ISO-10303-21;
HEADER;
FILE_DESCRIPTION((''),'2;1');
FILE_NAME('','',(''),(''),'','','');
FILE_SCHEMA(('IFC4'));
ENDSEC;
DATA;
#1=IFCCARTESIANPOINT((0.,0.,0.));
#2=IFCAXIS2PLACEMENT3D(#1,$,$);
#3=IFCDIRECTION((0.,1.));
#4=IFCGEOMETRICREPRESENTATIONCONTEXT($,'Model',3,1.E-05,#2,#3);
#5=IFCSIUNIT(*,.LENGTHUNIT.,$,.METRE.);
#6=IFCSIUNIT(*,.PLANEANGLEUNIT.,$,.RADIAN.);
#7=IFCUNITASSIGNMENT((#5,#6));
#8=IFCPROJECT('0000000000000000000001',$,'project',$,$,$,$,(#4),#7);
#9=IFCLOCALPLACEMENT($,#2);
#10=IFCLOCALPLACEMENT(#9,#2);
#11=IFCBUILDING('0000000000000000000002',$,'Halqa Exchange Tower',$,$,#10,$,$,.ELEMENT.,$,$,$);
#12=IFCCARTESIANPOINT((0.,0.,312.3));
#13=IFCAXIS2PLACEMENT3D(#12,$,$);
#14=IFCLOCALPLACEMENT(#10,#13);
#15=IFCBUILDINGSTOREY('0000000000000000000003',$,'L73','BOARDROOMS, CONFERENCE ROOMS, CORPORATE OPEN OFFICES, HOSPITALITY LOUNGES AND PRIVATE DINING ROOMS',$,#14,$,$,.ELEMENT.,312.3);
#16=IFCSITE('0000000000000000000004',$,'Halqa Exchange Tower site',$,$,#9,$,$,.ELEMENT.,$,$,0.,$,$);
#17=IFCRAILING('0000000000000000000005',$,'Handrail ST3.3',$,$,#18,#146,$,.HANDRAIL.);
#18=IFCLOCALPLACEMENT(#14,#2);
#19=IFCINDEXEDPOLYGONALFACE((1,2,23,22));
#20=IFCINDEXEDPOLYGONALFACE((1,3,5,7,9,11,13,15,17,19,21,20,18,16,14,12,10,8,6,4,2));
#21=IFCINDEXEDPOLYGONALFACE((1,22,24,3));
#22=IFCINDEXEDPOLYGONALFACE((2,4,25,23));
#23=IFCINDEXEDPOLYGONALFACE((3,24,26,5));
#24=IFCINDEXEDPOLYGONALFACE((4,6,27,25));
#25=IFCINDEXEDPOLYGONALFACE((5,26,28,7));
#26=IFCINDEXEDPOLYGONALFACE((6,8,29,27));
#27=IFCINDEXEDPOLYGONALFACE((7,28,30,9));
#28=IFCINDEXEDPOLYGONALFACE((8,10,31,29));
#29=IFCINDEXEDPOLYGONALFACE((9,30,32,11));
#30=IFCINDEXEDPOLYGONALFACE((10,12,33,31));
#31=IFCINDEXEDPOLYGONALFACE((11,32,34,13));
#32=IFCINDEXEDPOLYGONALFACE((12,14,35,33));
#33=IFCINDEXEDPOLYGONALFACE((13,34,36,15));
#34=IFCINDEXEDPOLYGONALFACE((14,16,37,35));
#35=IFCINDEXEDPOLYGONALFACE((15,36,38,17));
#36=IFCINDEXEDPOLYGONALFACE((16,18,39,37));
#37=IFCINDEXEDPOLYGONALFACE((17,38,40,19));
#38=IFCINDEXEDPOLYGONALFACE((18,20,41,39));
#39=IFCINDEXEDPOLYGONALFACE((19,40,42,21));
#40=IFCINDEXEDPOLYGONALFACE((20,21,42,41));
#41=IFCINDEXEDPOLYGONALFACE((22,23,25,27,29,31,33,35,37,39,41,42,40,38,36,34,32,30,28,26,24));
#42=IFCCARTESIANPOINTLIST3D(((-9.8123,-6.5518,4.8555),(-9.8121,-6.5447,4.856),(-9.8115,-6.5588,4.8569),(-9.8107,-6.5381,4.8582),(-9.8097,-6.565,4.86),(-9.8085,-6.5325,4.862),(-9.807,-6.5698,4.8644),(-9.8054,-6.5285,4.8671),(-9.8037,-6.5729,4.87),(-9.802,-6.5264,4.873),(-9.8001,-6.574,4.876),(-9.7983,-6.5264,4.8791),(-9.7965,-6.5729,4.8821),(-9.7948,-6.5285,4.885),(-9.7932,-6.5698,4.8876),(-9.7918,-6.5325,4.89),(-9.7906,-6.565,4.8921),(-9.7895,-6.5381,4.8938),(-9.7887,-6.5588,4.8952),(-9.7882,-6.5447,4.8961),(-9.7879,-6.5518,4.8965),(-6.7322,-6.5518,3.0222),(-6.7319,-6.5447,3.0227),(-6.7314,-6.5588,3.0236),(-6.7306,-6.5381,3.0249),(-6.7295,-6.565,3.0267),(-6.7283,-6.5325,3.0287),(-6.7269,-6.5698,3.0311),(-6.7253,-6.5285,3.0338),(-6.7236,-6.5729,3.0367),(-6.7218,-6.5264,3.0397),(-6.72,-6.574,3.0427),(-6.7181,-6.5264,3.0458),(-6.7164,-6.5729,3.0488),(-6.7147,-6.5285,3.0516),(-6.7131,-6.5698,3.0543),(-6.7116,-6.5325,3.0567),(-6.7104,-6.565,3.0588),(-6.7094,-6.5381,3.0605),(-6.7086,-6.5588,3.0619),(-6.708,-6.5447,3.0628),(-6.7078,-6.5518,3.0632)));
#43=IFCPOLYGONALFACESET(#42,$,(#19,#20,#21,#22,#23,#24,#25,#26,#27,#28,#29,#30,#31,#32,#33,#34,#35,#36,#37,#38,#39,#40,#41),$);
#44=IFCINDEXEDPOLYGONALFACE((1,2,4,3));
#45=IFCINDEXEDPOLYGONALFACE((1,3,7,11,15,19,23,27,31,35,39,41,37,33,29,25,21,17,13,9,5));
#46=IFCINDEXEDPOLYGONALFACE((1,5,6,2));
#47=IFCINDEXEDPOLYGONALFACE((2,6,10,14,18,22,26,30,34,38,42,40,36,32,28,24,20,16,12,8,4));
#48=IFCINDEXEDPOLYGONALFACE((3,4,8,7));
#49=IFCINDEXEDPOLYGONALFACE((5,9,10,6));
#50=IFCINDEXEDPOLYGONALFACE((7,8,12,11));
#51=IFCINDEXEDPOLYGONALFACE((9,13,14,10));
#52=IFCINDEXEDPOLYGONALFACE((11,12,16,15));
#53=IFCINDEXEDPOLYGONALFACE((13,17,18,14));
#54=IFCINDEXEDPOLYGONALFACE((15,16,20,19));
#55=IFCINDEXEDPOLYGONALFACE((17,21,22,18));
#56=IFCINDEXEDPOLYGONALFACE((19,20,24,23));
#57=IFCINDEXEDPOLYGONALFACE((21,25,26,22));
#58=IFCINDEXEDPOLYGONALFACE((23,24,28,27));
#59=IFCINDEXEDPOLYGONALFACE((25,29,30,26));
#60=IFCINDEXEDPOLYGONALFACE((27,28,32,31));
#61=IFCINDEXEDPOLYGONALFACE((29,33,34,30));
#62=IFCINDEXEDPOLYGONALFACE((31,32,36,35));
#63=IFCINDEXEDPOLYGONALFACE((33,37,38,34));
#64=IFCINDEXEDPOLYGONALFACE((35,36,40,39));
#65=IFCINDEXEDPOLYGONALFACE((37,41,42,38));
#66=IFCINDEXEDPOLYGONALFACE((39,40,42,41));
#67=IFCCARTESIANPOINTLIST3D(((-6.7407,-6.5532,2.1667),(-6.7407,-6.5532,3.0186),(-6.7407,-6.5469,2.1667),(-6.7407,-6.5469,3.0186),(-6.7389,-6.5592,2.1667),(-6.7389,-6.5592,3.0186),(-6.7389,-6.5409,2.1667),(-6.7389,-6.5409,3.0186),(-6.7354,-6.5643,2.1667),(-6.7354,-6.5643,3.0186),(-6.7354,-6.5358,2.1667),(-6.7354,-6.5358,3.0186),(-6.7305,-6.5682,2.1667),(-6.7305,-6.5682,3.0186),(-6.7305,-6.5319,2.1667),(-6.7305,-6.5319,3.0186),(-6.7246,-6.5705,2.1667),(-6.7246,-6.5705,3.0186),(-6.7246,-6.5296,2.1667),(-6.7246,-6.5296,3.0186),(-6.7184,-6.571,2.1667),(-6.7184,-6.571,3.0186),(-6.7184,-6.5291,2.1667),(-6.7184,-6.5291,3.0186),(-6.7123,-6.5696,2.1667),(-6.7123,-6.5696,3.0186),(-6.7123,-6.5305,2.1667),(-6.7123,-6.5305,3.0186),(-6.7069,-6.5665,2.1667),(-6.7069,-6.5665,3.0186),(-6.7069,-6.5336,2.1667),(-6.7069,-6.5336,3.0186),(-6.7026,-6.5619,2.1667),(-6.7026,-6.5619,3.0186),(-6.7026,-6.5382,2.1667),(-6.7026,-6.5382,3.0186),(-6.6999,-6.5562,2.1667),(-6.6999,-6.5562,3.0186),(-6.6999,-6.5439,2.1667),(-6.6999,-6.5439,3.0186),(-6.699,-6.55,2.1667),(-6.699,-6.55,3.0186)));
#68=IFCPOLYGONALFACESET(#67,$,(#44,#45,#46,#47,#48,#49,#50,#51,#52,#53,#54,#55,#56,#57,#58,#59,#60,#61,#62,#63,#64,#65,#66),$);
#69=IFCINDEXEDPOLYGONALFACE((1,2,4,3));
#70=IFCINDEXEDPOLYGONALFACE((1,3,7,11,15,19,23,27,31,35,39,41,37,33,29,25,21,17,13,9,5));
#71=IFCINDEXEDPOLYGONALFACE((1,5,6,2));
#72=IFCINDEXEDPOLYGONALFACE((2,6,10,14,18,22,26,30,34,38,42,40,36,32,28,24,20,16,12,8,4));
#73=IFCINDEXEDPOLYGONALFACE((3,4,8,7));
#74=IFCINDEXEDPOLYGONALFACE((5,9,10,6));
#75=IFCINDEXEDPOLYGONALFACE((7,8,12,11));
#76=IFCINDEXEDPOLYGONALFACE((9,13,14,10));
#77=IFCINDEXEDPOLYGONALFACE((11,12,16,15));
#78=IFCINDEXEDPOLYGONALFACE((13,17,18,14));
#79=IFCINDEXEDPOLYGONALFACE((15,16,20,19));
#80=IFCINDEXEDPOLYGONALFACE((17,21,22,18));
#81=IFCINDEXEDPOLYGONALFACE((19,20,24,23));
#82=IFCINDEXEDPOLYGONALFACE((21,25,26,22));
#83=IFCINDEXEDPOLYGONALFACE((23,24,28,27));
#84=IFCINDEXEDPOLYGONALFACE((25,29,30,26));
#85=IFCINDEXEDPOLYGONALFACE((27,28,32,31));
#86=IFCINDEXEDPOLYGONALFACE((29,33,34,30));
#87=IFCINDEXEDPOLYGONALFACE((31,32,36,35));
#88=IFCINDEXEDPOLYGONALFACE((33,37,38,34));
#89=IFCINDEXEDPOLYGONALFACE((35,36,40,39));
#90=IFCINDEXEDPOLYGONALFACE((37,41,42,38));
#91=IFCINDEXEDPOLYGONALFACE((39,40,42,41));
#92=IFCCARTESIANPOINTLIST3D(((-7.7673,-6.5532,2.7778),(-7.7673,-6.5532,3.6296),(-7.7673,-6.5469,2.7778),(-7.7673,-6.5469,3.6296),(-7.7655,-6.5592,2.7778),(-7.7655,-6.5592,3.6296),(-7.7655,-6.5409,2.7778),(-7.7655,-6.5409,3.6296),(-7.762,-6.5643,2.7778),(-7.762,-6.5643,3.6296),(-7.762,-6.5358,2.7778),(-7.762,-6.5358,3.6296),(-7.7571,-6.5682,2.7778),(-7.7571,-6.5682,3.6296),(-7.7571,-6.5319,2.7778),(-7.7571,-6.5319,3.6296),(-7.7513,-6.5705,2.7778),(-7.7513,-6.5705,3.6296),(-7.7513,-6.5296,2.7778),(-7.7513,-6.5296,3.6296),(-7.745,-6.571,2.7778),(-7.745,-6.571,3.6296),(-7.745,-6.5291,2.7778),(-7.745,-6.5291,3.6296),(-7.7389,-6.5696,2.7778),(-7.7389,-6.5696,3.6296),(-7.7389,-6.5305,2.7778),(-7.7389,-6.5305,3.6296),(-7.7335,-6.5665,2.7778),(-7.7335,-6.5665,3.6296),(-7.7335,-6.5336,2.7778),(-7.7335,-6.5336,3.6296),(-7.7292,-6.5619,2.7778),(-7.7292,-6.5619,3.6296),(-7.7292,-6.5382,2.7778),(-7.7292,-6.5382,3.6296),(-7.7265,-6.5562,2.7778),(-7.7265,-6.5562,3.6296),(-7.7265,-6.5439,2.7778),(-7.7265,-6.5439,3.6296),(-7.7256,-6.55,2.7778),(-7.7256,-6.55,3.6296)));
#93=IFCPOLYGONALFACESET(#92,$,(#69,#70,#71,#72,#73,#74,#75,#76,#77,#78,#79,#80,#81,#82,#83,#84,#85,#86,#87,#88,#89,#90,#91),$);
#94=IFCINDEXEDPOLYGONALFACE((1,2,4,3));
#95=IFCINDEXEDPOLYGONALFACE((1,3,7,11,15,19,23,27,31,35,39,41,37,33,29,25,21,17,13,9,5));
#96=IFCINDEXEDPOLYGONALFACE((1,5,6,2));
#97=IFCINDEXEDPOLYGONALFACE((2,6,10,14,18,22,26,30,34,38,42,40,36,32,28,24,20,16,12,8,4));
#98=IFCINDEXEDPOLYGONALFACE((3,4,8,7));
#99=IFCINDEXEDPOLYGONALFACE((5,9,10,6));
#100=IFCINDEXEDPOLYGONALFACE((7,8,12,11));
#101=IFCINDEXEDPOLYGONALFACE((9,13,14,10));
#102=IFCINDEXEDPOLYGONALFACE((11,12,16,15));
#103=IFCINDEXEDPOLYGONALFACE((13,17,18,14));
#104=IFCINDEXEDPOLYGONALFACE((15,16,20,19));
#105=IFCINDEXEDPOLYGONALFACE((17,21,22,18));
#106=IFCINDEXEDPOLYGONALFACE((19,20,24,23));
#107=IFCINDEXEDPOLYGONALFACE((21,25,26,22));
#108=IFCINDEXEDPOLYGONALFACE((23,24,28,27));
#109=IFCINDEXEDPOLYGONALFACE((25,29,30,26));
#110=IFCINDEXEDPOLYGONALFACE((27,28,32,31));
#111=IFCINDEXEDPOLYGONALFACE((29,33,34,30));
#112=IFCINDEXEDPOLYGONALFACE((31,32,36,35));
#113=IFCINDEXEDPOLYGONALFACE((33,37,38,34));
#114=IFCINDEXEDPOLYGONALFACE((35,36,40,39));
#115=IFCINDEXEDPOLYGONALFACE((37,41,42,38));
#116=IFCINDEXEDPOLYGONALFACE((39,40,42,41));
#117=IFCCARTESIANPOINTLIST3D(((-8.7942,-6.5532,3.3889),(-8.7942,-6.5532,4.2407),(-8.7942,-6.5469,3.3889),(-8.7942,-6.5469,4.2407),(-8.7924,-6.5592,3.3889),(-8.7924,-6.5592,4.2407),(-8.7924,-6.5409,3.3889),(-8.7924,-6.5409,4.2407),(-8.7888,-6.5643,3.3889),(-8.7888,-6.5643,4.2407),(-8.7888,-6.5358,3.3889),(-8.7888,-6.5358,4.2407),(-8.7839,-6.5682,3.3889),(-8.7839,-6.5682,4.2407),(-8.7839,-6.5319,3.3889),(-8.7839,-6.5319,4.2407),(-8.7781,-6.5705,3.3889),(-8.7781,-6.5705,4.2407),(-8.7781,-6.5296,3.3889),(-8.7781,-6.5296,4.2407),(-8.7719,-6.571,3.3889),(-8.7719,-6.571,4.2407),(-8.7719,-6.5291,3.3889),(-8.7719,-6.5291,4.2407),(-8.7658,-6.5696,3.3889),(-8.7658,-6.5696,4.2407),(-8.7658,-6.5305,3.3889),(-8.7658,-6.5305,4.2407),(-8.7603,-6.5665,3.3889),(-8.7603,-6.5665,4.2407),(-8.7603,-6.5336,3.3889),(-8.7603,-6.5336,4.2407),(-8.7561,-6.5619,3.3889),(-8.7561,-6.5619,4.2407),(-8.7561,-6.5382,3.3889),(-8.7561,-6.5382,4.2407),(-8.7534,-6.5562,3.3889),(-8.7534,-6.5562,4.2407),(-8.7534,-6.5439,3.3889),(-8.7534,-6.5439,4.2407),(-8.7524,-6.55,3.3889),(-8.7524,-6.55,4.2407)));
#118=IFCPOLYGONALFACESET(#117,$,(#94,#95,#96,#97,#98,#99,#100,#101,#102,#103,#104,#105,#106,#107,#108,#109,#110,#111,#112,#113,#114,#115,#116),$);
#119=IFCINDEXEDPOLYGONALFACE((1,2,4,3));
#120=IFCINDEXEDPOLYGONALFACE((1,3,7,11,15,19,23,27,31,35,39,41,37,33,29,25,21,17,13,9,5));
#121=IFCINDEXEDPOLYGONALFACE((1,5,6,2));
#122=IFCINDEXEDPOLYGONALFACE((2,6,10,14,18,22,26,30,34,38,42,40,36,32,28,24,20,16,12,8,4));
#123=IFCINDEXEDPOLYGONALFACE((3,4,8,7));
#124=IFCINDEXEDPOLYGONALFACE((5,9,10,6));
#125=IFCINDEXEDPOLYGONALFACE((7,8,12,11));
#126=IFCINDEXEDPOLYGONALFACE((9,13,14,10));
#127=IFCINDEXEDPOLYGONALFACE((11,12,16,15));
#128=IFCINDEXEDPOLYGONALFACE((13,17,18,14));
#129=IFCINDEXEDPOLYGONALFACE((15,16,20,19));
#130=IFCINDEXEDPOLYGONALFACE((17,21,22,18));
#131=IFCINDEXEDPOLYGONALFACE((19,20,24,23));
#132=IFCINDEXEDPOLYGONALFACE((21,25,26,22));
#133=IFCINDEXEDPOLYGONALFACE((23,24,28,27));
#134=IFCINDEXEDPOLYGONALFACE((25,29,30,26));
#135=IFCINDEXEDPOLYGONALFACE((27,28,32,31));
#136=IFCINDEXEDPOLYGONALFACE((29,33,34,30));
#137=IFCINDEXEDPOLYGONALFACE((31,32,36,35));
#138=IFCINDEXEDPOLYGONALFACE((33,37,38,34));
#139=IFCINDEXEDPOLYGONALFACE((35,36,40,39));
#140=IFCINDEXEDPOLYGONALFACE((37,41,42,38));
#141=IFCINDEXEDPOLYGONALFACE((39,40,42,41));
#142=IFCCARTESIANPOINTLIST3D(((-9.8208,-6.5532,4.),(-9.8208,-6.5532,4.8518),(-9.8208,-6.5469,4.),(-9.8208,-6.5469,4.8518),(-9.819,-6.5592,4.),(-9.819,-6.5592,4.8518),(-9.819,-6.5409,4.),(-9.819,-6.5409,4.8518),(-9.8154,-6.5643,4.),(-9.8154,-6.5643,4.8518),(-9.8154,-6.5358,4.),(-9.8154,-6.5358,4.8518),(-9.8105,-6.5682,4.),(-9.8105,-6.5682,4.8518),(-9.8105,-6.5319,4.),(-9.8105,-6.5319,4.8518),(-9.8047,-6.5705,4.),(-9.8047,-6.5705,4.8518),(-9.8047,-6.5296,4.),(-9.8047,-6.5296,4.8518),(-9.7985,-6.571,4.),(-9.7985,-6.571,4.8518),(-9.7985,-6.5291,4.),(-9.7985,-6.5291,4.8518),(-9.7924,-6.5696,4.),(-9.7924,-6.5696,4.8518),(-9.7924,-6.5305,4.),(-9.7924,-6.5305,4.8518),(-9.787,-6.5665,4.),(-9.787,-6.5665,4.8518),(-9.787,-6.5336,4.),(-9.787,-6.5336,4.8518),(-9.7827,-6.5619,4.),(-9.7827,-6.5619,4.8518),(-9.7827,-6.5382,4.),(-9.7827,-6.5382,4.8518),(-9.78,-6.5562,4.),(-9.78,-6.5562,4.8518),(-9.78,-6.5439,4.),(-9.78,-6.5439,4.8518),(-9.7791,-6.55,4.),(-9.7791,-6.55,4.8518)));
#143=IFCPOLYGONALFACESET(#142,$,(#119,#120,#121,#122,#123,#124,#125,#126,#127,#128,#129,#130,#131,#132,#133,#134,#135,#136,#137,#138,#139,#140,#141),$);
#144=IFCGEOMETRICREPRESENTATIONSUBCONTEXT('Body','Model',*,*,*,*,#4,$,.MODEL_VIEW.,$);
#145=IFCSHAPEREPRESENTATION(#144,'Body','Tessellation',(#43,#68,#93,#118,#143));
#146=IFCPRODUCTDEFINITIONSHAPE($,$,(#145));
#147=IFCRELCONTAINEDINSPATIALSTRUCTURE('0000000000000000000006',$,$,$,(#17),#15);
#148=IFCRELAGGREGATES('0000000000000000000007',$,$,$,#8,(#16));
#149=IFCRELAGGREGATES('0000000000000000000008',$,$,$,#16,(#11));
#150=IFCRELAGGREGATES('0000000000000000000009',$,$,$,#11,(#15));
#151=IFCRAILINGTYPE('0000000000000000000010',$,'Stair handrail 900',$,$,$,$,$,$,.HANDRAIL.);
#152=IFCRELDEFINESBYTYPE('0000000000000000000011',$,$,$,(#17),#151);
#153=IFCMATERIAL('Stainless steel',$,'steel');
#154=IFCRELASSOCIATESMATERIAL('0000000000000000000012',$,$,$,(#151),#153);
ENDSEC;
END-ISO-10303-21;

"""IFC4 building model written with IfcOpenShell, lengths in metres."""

from ifc_helpers import new_model, si_unit, direction, frame, origin, origin_2d, place, context, subcontext, project, spatial, circle, extrude, material, type_object, element, save


model = new_model("IFC4")

# Units and contexts
model_context = context("Model", 3, precision=1e-05, world=origin(), true_north=direction((0.0, 1.0)))
body_context = subcontext(model_context, "Body", "Model", "MODEL_VIEW")
ifc_project = project(units=[si_unit("LENGTHUNIT", "METRE"), si_unit("PLANEANGLEUNIT", "RADIAN")], contexts=[model_context])

# Site, building, storey
site_placement = place(None, origin())
site = spatial("IfcSite", under=ifc_project, at=site_placement, Name="Halqa Exchange Tower site", CompositionType="ELEMENT", RefElevation=0.0)
building_placement = place(site_placement, origin())
building = spatial("IfcBuilding", under=site, at=building_placement, Name="Halqa Exchange Tower", CompositionType="ELEMENT")
storey_placement = place(building_placement, frame((0.0, 0.0, 312.3)))
storey = spatial("IfcBuildingStorey", under=building, at=storey_placement, Name="L73", Description="BOARDROOMS, CONFERENCE ROOMS, CORPORATE OPEN OFFICES, HOSPITALITY LOUNGES AND PRIVATE DINING ROOMS", CompositionType="ELEMENT", Elevation=312.3)

# Shared definitions
ifc_material_1 = material(Name="Stainless steel", Category="steel")

# Railing
railing_type_1 = type_object("IfcRailingType", Name="Stair handrail 900", PredefinedType="HANDRAIL", material=ifc_material_1)
railing_1_placement = place(storey_placement, frame((-6.72, -6.55, 2.1667)))
element("IfcRailing", 1, at=railing_1_placement, inside=storey, type_object=railing_type_1, Name="Handrail ST3.3", PredefinedType="HANDRAIL", context=body_context, shape_type="SweptSolid", body=[
    extrude(circle(Radius=0.0239, at=origin_2d()), frame((0.0, 0.0, 0.876), z_axis=(-0.859309, 0.0, 0.511458), x_axis=(0.0, -1.0, 0.0)), (0.0, 0.0, 1.0), 3.5845),
    extrude(circle(Radius=0.021, at=origin_2d()), origin(), (0.0, 0.0, 1.0), 0.8518),
    extrude(circle(Radius=0.021, at=origin_2d()), frame((-1.0266, 0.0, 0.6111)), (0.0, 0.0, 1.0), 0.8518),
    extrude(circle(Radius=0.021, at=origin_2d()), frame((-2.0535, 0.0, 1.2222)), (0.0, 0.0, 1.0), 0.8518),
    extrude(circle(Radius=0.021, at=origin_2d()), frame((-3.0801, 0.0, 1.8333)), (0.0, 0.0, 1.0), 0.8518),
])

save(model, "model.ifc")
